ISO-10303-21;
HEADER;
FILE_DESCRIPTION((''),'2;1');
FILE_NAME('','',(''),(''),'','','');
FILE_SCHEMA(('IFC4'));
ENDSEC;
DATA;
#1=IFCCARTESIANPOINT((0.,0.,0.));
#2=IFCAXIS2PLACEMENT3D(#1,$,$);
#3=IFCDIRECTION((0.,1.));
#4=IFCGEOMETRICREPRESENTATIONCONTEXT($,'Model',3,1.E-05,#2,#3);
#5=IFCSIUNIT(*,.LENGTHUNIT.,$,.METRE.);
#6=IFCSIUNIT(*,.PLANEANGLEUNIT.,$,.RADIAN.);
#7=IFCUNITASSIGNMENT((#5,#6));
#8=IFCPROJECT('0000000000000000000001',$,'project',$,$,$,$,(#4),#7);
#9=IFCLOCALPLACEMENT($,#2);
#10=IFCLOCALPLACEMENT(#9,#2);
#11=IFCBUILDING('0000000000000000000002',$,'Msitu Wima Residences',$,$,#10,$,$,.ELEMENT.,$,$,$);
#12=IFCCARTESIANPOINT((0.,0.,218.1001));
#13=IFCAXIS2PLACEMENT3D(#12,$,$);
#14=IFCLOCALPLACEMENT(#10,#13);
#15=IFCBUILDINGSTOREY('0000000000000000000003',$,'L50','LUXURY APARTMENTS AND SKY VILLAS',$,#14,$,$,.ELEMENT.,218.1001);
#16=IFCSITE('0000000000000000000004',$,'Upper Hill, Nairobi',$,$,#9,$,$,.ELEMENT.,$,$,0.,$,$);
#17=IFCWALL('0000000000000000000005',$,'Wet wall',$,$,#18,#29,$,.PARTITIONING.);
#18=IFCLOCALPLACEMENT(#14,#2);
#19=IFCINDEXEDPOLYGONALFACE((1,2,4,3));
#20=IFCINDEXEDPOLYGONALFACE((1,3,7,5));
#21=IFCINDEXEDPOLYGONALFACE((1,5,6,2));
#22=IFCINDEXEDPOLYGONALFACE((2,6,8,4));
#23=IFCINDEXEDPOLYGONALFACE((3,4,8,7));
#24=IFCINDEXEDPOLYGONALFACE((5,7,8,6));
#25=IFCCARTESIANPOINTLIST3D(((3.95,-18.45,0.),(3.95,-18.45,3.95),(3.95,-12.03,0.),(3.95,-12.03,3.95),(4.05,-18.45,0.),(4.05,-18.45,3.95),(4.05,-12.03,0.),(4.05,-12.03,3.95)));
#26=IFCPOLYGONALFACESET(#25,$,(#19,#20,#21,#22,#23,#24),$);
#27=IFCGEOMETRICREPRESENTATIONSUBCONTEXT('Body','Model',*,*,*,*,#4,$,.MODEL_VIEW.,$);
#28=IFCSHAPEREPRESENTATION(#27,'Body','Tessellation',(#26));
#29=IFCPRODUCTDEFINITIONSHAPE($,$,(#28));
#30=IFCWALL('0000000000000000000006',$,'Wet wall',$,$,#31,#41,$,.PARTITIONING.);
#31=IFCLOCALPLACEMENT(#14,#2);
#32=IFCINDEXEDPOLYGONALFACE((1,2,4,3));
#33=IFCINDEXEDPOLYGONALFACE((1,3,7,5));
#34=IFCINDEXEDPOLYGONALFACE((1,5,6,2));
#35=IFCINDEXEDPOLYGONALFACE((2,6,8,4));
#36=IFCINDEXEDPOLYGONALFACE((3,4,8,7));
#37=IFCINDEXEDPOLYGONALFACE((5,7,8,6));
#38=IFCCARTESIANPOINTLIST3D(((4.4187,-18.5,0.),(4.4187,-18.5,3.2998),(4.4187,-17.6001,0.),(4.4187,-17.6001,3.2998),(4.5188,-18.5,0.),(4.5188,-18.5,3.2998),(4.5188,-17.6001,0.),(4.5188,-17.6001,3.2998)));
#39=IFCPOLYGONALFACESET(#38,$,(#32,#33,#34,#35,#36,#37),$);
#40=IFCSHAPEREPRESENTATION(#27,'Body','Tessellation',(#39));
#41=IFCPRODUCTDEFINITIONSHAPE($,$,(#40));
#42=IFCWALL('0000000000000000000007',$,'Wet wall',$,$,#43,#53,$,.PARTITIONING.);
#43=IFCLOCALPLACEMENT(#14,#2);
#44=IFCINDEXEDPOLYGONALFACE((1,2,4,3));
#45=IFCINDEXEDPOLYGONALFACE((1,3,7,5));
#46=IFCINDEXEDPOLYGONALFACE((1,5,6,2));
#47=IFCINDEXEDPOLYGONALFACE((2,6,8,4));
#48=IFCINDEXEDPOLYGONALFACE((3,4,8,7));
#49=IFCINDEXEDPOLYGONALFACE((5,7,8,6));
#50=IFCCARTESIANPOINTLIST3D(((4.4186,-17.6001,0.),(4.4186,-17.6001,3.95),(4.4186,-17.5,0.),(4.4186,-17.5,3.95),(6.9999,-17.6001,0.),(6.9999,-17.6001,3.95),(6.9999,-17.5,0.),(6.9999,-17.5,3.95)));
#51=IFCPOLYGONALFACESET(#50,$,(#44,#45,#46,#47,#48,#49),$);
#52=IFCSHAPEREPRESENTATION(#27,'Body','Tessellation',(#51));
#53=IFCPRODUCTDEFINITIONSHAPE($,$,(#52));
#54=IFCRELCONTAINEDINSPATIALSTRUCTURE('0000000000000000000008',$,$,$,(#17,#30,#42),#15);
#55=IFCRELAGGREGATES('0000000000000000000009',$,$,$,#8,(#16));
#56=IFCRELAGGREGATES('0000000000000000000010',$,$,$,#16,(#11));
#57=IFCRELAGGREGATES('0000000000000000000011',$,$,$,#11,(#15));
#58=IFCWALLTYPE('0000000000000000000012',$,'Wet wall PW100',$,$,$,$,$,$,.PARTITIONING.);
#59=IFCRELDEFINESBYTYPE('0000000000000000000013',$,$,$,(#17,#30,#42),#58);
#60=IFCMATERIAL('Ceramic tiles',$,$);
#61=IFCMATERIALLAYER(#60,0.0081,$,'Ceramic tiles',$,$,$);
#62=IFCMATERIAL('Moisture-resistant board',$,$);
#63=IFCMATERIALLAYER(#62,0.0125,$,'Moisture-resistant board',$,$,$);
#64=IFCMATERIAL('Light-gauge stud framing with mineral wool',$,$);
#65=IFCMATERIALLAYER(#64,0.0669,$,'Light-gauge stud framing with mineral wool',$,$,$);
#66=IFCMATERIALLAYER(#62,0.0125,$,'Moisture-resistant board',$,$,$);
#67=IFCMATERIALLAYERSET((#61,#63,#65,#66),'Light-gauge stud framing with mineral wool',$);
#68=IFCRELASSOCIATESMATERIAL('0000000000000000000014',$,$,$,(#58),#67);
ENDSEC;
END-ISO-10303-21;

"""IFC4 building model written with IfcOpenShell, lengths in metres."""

from ifc_helpers import new_model, si_unit, direction, frame, frame_2d, origin, place, context, subcontext, project, spatial, rectangle, extrude, material, layer, layer_set, type_object, element, save


model = new_model("IFC4")

# Units and contexts
model_context = context("Model", 3, precision=1e-05, world=origin(), true_north=direction((0.0, 1.0)))
body_context = subcontext(model_context, "Body", "Model", "MODEL_VIEW")
ifc_project = project(units=[si_unit("LENGTHUNIT", "METRE"), si_unit("PLANEANGLEUNIT", "RADIAN")], contexts=[model_context])

# Site, building, storey
site_placement = place(None, origin())
site = spatial("IfcSite", under=ifc_project, at=site_placement, Name="Upper Hill, Nairobi", CompositionType="ELEMENT", RefElevation=0.0)
building_placement = place(site_placement, origin())
building = spatial("IfcBuilding", under=site, at=building_placement, Name="Msitu Wima Residences", CompositionType="ELEMENT")
storey_placement = place(building_placement, frame((0.0, 0.0, 218.1001)))
storey = spatial("IfcBuildingStorey", under=building, at=storey_placement, Name="L50", Description="LUXURY APARTMENTS AND SKY VILLAS", CompositionType="ELEMENT", Elevation=218.1001)

# Shared definitions
ifc_material_1 = material(Name="Ceramic tiles")
ifc_layer_1 = layer(ifc_material_1, 0.0081, Name="Ceramic tiles")
ifc_material_2 = material(Name="Moisture-resistant board")
ifc_layer_2 = layer(ifc_material_2, 0.0125, Name="Moisture-resistant board")
ifc_material_3 = material(Name="Light-gauge stud framing with mineral wool")
ifc_layer_3 = layer(ifc_material_3, 0.0669, Name="Light-gauge stud framing with mineral wool")
ifc_layer_4 = layer(ifc_material_2, 0.0125, Name="Moisture-resistant board")
ifc_layer_set_1 = layer_set([ifc_layer_1, ifc_layer_2, ifc_layer_3, ifc_layer_4], Name="Light-gauge stud framing with mineral wool")
wall_type_1 = type_object("IfcWallType", Name="Wet wall PW100", PredefinedType="PARTITIONING", material=ifc_layer_set_1)

# Walls
wall_1_placement = place(storey_placement, frame((4.0, -18.45, 0.0), z_axis=(0.0, 0.0, 1.0), x_axis=(0.0, 1.0, 0.0)))
element("IfcWall", 1, at=wall_1_placement, inside=storey, type_object=wall_type_1, Name="Wet wall", PredefinedType="PARTITIONING", context=body_context, shape_type="SweptSolid", body=[
    extrude(rectangle(XDim=6.4199, YDim=0.1001, at=frame_2d((3.21, 0.0))), origin(), (0.0, 0.0, 1.0), 3.95),
])
wall_2_placement = place(storey_placement, frame((4.4688, -18.5, 0.0), z_axis=(0.0, 0.0, 1.0), x_axis=(0.0, 1.0, 0.0)))
element("IfcWall", 2, at=wall_2_placement, inside=storey, type_object=wall_type_1, Name="Wet wall", PredefinedType="PARTITIONING", context=body_context, shape_type="SweptSolid", body=[
    extrude(rectangle(XDim=0.8999, YDim=0.1001, at=frame_2d((0.45, 0.0))), origin(), (0.0, 0.0, 1.0), 3.2998),
])
wall_3_placement = place(storey_placement, frame((4.4187, -17.55, 0.0), z_axis=(0.0, 0.0, 1.0), x_axis=(1.0, 0.0, 0.0)))
element("IfcWall", 3, at=wall_3_placement, inside=storey, type_object=wall_type_1, Name="Wet wall", PredefinedType="PARTITIONING", context=body_context, shape_type="SweptSolid", body=[
    extrude(rectangle(XDim=2.5813, YDim=0.1001, at=frame_2d((1.2905, 0.0))), origin(), (0.0, 0.0, 1.0), 3.95),
])

save(model, "model.ifc")
